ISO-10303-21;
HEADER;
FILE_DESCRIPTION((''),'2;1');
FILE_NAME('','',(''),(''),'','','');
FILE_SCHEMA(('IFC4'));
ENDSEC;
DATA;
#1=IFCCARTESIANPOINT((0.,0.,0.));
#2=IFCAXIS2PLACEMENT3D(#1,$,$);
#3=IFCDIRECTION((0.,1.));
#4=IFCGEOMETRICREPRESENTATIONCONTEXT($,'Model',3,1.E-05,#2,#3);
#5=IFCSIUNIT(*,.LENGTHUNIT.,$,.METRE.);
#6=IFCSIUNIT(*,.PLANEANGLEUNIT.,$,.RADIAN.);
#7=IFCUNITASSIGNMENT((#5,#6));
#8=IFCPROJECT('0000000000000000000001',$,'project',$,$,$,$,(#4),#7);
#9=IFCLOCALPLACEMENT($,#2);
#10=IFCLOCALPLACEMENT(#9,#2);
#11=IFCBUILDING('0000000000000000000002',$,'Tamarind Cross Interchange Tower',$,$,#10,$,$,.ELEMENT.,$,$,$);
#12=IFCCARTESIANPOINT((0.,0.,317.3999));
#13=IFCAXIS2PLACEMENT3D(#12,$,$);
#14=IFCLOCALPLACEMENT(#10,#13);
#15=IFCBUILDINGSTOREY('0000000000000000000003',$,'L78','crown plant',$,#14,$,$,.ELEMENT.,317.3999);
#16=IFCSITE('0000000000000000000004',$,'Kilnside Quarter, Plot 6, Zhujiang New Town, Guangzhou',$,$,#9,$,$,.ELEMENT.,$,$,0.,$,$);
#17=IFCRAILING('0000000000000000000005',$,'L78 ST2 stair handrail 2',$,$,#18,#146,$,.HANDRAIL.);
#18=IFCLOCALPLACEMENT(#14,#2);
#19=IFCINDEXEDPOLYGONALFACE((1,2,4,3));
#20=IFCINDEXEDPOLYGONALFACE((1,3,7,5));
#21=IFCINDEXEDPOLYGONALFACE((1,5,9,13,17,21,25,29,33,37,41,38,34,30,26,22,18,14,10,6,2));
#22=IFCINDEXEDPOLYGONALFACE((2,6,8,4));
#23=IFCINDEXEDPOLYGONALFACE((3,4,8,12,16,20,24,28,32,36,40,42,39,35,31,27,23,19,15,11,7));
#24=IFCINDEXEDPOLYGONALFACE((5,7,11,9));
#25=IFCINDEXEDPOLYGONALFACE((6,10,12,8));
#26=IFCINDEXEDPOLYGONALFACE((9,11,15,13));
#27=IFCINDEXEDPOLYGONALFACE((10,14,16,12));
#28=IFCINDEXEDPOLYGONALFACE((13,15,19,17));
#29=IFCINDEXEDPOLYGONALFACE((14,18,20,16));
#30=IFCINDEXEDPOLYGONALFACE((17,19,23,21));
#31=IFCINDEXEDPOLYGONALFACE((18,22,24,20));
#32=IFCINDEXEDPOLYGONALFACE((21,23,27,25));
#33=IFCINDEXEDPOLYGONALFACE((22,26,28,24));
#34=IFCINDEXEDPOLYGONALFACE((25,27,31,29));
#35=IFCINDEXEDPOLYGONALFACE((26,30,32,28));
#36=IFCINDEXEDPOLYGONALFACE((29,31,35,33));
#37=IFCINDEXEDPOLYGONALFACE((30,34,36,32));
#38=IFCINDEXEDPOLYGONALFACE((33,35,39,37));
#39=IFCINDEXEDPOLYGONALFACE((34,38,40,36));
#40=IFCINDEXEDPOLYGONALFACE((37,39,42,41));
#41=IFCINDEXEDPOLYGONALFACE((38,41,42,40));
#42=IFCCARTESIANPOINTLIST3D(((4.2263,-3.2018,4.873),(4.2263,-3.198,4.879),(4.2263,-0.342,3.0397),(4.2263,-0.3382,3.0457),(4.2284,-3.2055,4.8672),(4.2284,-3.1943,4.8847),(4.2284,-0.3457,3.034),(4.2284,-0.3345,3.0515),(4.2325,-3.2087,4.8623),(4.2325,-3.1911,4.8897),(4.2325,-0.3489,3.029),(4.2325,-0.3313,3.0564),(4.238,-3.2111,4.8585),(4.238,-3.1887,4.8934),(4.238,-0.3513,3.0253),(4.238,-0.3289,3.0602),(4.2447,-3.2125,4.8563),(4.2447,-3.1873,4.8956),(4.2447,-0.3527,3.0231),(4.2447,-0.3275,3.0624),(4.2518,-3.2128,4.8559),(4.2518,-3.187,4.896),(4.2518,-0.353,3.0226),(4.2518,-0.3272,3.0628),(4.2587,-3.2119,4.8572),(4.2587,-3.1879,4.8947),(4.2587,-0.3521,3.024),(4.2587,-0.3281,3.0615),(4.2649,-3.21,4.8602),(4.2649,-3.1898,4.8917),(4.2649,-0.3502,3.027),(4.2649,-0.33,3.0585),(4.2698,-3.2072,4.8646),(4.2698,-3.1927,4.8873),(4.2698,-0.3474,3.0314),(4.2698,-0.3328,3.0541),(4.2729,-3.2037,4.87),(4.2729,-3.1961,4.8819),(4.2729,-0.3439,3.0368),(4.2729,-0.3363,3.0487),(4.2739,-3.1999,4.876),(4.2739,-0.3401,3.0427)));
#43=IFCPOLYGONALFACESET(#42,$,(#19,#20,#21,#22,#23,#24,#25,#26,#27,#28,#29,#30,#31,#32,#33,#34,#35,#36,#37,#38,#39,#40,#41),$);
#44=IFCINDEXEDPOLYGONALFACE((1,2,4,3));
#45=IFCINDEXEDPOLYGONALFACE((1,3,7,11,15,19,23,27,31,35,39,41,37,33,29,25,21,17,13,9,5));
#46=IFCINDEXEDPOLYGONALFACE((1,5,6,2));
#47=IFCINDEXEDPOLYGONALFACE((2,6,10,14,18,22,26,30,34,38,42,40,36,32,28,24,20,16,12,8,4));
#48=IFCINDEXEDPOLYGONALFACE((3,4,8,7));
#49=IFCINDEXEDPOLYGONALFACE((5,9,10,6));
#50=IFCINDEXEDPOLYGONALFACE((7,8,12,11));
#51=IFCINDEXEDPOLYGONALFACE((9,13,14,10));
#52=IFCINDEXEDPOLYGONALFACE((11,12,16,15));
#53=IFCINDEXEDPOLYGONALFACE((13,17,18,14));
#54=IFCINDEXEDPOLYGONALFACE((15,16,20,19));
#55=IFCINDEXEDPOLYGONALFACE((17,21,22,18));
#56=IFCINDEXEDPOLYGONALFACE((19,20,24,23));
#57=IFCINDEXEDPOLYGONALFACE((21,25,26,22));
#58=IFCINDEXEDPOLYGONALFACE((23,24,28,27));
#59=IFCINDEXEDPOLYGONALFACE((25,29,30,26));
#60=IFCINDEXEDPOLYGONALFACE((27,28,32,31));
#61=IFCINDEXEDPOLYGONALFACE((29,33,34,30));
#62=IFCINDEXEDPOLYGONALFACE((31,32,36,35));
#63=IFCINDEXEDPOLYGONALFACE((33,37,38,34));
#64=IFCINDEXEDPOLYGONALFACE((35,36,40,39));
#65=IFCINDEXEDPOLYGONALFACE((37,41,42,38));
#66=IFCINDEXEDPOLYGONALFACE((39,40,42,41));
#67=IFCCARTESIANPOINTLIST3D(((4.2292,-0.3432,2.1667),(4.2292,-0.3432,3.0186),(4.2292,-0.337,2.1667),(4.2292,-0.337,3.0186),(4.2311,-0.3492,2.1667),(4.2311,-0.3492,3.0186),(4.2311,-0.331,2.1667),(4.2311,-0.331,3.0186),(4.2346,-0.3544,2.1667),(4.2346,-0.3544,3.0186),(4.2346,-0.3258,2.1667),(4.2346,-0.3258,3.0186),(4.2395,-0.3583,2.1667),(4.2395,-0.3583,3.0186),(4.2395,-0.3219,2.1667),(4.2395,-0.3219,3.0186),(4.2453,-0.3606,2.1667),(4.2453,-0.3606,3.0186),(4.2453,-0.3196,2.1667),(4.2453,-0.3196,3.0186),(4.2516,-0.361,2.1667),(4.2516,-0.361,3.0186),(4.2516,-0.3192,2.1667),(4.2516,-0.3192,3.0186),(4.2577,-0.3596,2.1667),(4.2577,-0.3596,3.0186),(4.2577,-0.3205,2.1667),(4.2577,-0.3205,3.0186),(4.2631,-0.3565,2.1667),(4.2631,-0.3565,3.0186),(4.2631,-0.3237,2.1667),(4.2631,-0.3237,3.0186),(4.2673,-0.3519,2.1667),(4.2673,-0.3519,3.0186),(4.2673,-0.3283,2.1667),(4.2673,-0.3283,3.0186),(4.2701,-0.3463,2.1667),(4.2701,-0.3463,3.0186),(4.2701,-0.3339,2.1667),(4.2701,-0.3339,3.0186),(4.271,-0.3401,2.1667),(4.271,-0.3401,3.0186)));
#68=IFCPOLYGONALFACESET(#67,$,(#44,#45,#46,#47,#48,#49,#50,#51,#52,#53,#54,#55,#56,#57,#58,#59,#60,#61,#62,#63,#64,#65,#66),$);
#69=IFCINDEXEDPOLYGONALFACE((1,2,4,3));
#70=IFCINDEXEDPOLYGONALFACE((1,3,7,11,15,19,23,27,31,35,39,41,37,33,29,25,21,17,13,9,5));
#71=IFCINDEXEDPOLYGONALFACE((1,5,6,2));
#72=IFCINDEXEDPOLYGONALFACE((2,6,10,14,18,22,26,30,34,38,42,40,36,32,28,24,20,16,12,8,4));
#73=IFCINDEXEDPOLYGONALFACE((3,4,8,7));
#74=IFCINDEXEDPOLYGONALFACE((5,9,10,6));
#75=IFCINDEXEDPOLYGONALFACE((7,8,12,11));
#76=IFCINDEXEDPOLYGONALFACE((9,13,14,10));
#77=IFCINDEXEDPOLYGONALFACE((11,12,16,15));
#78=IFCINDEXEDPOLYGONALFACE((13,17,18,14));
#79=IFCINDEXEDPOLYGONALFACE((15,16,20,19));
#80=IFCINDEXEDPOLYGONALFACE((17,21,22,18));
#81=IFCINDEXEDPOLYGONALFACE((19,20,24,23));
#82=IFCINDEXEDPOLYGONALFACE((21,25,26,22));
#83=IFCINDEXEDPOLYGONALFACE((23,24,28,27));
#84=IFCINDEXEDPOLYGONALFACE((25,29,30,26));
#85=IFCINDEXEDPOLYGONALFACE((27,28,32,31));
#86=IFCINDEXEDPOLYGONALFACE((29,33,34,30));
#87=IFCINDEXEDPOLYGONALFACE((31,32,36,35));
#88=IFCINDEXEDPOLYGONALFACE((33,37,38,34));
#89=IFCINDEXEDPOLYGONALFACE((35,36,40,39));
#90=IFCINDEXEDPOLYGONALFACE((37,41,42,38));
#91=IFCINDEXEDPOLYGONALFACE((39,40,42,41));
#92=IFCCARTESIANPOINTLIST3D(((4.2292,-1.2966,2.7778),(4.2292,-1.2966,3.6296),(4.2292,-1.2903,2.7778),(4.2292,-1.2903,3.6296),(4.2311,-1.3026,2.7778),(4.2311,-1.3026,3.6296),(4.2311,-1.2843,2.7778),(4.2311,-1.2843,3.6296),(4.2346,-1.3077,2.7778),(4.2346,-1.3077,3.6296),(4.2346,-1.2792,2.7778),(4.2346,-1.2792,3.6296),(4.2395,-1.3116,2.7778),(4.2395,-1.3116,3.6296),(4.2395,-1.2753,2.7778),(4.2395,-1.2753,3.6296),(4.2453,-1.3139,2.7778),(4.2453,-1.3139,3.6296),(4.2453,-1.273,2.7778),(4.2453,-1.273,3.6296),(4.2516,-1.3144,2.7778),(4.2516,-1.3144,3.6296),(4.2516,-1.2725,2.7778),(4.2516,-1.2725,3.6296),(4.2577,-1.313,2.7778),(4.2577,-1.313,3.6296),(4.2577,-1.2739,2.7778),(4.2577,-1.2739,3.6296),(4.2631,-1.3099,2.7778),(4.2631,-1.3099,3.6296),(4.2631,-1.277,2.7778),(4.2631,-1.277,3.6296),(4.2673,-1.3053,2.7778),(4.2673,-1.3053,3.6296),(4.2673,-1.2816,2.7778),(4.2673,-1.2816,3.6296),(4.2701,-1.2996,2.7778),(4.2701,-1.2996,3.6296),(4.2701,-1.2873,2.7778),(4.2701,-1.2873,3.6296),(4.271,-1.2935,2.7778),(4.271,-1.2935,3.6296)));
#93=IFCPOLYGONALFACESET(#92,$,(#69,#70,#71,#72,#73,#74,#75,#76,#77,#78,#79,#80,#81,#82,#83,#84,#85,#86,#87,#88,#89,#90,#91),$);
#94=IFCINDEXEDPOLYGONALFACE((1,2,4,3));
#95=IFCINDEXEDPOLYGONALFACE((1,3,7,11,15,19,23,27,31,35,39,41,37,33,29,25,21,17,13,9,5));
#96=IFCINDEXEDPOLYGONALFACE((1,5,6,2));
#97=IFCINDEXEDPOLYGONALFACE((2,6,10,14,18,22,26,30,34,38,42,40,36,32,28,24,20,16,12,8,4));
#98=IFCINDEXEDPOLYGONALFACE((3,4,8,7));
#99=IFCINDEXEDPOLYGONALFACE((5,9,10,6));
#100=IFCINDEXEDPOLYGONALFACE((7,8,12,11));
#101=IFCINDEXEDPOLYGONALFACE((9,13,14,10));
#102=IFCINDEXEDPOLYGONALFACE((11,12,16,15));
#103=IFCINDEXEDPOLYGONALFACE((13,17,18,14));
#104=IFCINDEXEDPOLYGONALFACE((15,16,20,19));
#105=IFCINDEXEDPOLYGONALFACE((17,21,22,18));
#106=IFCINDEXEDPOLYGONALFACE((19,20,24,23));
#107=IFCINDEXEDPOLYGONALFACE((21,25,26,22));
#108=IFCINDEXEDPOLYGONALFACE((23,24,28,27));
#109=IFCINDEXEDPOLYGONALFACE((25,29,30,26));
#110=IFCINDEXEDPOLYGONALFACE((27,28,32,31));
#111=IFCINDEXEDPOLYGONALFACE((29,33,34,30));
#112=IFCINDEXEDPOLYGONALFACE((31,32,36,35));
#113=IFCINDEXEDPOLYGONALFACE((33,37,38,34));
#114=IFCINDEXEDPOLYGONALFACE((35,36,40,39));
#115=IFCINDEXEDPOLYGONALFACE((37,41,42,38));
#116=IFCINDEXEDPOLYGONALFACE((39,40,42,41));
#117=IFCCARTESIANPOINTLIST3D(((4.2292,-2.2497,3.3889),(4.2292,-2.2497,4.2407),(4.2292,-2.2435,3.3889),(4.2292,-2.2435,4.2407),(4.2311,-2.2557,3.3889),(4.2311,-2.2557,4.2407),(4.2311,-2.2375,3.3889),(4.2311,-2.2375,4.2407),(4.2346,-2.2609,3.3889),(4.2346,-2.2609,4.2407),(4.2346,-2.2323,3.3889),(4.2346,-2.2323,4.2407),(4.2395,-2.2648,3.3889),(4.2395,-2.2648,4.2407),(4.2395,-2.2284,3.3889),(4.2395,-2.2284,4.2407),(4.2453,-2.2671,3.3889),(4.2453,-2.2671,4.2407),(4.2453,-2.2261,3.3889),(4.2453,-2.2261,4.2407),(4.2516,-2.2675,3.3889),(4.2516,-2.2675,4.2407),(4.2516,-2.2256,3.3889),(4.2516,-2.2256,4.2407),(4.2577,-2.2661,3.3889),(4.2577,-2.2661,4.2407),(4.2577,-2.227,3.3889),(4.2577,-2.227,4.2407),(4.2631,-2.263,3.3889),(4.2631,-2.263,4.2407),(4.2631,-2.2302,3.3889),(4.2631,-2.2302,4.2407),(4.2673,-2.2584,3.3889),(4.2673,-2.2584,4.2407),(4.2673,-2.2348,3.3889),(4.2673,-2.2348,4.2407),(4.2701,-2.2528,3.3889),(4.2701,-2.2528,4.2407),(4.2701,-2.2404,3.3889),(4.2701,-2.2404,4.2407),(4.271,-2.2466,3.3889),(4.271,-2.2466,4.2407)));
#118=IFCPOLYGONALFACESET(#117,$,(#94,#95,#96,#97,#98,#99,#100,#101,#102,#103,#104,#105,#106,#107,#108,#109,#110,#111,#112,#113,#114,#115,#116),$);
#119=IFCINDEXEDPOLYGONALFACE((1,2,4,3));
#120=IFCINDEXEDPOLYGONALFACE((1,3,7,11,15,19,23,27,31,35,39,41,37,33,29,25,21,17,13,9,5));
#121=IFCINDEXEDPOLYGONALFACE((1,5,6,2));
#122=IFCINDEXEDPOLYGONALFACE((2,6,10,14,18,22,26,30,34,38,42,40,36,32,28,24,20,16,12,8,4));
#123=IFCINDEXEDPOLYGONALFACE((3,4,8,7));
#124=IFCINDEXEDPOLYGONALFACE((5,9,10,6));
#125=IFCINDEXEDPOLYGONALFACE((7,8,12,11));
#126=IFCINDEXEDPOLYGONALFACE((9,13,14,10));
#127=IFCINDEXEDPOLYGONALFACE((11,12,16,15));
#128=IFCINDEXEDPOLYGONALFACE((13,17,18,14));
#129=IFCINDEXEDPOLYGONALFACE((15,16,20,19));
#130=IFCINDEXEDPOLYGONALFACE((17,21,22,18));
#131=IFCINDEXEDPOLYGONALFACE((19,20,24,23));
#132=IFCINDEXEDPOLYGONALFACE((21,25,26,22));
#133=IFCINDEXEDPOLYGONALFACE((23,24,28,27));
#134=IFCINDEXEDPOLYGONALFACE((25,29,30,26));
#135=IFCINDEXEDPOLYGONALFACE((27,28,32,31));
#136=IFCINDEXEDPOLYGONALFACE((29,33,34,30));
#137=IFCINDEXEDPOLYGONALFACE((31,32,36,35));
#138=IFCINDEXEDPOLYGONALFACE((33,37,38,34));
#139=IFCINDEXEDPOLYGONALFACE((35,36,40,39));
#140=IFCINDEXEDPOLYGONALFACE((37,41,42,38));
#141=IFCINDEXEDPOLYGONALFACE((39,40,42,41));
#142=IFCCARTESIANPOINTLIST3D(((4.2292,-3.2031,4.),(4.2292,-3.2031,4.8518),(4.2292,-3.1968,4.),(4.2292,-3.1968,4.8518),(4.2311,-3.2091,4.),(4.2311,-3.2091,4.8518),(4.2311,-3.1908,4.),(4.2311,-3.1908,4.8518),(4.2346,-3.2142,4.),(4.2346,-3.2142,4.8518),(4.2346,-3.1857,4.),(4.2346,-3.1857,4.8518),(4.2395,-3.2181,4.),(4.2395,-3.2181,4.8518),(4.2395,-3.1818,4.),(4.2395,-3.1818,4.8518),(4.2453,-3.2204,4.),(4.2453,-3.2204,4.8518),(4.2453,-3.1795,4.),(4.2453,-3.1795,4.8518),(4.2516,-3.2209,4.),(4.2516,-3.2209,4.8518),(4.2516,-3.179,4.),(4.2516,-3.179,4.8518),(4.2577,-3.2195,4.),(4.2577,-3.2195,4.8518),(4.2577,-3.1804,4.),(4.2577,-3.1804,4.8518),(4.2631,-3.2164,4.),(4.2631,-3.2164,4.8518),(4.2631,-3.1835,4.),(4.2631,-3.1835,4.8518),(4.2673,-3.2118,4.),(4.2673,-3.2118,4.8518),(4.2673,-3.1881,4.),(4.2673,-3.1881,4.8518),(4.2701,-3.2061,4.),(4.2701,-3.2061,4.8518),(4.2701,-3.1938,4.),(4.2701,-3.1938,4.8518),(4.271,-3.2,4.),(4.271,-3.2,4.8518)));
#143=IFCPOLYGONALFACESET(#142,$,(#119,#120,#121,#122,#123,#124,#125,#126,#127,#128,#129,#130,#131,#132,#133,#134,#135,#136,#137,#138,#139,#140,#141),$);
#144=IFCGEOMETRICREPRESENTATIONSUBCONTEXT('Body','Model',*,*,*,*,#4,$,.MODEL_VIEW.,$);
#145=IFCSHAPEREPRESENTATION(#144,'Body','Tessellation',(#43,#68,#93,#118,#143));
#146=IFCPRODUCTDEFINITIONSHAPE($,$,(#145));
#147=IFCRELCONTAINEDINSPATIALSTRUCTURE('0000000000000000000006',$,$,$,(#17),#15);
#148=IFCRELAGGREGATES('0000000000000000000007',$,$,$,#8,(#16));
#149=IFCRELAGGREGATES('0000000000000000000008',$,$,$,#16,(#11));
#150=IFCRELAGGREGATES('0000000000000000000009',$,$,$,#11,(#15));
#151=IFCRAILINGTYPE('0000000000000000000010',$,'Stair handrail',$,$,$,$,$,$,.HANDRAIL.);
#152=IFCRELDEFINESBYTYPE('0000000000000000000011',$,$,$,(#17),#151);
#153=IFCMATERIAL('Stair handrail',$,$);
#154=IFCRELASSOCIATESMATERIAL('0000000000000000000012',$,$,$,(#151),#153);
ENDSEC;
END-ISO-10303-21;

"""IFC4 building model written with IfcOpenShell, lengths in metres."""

from ifc_helpers import new_model, si_unit, direction, frame, origin, origin_2d, place, context, subcontext, project, spatial, circle, extrude, material, type_object, element, save


model = new_model("IFC4")

# Units and contexts
model_context = context("Model", 3, precision=1e-05, world=origin(), true_north=direction((0.0, 1.0)))
body_context = subcontext(model_context, "Body", "Model", "MODEL_VIEW")
ifc_project = project(units=[si_unit("LENGTHUNIT", "METRE"), si_unit("PLANEANGLEUNIT", "RADIAN")], contexts=[model_context])

# Site, building, storey
site_placement = place(None, origin())
site = spatial("IfcSite", under=ifc_project, at=site_placement, Name="Kilnside Quarter, Plot 6, Zhujiang New Town, Guangzhou", CompositionType="ELEMENT", RefElevation=0.0)
building_placement = place(site_placement, origin())
building = spatial("IfcBuilding", under=site, at=building_placement, Name="Tamarind Cross Interchange Tower", CompositionType="ELEMENT")
storey_placement = place(building_placement, frame((0.0, 0.0, 317.3999)))
storey = spatial("IfcBuildingStorey", under=building, at=storey_placement, Name="L78", Description="crown plant", CompositionType="ELEMENT", Elevation=317.3999)

# Railing
ifc_material_1 = material(Name="Stair handrail")
railing_type_1 = type_object("IfcRailingType", Name="Stair handrail", PredefinedType="HANDRAIL", material=ifc_material_1)
railing_1_placement = place(storey_placement, frame((4.25, -0.3401, 2.1667)))
element("IfcRailing", 1, at=railing_1_placement, inside=storey, type_object=railing_type_1, Name="L78 ST2 stair handrail 2", PredefinedType="HANDRAIL", context=body_context, shape_type="SweptSolid", body=[
    extrude(circle(Radius=0.0239, at=origin_2d()), frame((0.0, 0.0, 0.876), z_axis=(0.0, -0.841878, 0.539667), x_axis=(1.0, 0.0, 0.0)), (0.0, 0.0, 1.0), 3.397),
    extrude(circle(Radius=0.021, at=origin_2d()), origin(), (0.0, 0.0, 1.0), 0.8518),
    extrude(circle(Radius=0.021, at=origin_2d()), frame((0.0, -0.9534, 0.6111)), (0.0, 0.0, 1.0), 0.8518),
    extrude(circle(Radius=0.021, at=origin_2d()), frame((0.0, -1.9065, 1.2222)), (0.0, 0.0, 1.0), 0.8518),
    extrude(circle(Radius=0.021, at=origin_2d()), frame((0.0, -2.8599, 1.8333)), (0.0, 0.0, 1.0), 0.8518),
])

save(model, "model.ifc")
